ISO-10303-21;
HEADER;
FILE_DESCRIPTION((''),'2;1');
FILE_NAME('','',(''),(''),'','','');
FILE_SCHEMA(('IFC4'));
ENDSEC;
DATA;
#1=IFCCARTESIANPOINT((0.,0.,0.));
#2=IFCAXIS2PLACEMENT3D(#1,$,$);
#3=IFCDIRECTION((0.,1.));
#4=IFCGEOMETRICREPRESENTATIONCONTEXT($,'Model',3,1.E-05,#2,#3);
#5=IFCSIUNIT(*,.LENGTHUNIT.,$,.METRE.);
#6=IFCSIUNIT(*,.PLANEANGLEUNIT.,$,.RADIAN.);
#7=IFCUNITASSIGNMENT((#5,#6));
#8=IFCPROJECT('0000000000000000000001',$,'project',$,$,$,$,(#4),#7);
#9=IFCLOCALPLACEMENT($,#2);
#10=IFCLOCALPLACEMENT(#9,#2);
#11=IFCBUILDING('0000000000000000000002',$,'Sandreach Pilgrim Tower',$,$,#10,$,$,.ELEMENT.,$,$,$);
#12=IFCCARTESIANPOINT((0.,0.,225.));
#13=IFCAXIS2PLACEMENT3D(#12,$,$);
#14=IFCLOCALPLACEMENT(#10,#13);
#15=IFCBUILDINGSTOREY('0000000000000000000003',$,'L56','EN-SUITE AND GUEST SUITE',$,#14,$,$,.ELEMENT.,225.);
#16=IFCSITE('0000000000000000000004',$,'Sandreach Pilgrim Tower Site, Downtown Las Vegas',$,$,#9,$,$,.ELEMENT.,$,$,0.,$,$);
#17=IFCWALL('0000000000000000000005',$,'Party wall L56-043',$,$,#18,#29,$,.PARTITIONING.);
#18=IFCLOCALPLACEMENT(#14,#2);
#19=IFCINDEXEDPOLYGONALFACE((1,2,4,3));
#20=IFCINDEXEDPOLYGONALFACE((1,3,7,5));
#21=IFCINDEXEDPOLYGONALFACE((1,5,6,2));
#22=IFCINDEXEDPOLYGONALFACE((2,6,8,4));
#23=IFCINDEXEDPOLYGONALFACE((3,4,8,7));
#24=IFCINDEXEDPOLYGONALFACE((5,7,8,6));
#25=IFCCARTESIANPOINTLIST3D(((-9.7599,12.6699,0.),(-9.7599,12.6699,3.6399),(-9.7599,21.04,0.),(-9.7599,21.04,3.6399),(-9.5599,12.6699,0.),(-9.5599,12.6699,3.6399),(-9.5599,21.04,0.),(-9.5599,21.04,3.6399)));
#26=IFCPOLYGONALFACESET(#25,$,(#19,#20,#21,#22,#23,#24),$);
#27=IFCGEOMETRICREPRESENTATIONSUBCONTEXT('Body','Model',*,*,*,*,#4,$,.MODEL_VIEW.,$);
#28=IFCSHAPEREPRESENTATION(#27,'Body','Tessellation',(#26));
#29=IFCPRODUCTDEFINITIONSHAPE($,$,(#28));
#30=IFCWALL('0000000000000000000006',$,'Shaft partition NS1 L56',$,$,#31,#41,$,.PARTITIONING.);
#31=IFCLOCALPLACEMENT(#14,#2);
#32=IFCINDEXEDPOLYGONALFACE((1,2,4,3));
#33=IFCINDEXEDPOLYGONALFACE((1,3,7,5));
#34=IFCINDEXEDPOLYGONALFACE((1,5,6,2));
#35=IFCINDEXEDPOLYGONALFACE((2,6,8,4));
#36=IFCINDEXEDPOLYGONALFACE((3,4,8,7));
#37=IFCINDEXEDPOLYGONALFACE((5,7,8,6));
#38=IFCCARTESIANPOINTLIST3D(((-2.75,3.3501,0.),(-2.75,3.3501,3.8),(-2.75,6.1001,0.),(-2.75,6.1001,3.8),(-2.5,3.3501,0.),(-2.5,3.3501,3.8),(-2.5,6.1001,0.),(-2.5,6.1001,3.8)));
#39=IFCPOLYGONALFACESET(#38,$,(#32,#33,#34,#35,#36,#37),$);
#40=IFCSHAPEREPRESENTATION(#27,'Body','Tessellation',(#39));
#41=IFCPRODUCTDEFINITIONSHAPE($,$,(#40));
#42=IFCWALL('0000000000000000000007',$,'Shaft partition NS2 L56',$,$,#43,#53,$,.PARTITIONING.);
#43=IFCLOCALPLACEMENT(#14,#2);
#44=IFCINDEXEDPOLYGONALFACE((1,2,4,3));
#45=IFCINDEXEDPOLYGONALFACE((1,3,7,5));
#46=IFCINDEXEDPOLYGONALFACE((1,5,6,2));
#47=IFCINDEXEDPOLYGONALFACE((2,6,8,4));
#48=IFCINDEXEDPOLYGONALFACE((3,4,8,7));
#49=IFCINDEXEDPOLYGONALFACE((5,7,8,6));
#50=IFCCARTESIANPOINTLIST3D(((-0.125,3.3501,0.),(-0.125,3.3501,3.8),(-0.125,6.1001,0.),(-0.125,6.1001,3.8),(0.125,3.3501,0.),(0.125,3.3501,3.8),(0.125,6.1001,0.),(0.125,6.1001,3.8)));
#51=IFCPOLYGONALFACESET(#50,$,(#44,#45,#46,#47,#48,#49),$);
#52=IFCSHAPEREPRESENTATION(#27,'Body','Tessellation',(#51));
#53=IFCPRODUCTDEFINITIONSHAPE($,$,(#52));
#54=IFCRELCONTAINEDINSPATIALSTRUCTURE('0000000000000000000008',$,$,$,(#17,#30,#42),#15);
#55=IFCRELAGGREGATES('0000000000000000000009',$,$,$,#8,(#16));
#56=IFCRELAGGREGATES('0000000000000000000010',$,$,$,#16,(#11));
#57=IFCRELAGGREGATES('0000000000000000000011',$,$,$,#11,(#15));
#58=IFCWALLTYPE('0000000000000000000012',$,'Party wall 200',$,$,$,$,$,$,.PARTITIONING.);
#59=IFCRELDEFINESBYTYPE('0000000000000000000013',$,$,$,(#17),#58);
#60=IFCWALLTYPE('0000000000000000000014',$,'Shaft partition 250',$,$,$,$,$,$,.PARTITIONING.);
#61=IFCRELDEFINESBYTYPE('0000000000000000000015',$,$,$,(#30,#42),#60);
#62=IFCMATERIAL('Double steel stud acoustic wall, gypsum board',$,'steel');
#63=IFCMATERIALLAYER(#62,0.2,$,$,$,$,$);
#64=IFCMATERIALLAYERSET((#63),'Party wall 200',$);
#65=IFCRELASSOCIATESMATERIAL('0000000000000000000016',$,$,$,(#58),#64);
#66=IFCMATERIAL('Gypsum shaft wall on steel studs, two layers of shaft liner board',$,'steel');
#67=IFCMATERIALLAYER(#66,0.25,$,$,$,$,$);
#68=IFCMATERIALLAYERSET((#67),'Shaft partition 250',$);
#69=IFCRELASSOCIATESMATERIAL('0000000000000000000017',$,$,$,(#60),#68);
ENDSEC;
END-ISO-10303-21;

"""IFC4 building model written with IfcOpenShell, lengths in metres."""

from ifc_helpers import new_model, si_unit, direction, frame, frame_2d, origin, place, context, subcontext, project, spatial, rectangle, extrude, material, layer, layer_set, type_object, element, save


model = new_model("IFC4")

# Units and contexts
model_context = context("Model", 3, precision=1e-05, world=origin(), true_north=direction((0.0, 1.0)))
body_context = subcontext(model_context, "Body", "Model", "MODEL_VIEW")
ifc_project = project(units=[si_unit("LENGTHUNIT", "METRE"), si_unit("PLANEANGLEUNIT", "RADIAN")], contexts=[model_context])

# Site, building, storey
site_placement = place(None, origin())
site = spatial("IfcSite", under=ifc_project, at=site_placement, Name="Sandreach Pilgrim Tower Site, Downtown Las Vegas", CompositionType="ELEMENT", RefElevation=0.0)
building_placement = place(site_placement, origin())
building = spatial("IfcBuilding", under=site, at=building_placement, Name="Sandreach Pilgrim Tower", CompositionType="ELEMENT")
storey_placement = place(building_placement, frame((0.0, 0.0, 225.0)))
storey = spatial("IfcBuildingStorey", under=building, at=storey_placement, Name="L56", Description="EN-SUITE AND GUEST SUITE", CompositionType="ELEMENT", Elevation=225.0)

# Walls
ifc_material_1 = material(Name="Double steel stud acoustic wall, gypsum board", Category="steel")
ifc_layer_1 = layer(ifc_material_1, 0.2)
ifc_layer_set_1 = layer_set([ifc_layer_1], Name="Party wall 200")
wall_type_1 = type_object("IfcWallType", Name="Party wall 200", PredefinedType="PARTITIONING", material=ifc_layer_set_1)
wall_1_placement = place(storey_placement, frame((-9.6599, 12.6699, 0.0), z_axis=(0.0, 0.0, 1.0), x_axis=(0.0, 1.0, 0.0)))
element("IfcWall", 1, at=wall_1_placement, inside=storey, type_object=wall_type_1, Name="Party wall L56-043", PredefinedType="PARTITIONING", context=body_context, shape_type="SweptSolid", body=[
    extrude(rectangle(XDim=8.3701, YDim=0.2, at=frame_2d((4.1851, 0.0))), origin(), (0.0, 0.0, 1.0), 3.6399),
])
ifc_material_2 = material(Name="Gypsum shaft wall on steel studs, two layers of shaft liner board", Category="steel")
ifc_layer_2 = layer(ifc_material_2, 0.25)
ifc_layer_set_2 = layer_set([ifc_layer_2], Name="Shaft partition 250")
wall_type_2 = type_object("IfcWallType", Name="Shaft partition 250", PredefinedType="PARTITIONING", material=ifc_layer_set_2)
for number, where, z_axis, x_axis, name in (
    (2, (-2.625, 3.3501, 0.0), (0.0, 0.0, 1.0), (0.0, 1.0, 0.0), "Shaft partition NS1 L56"),
    (3, (0.0, 3.3501, 0.0), (0.0, 0.0, 1.0), (0.0, 1.0, 0.0), "Shaft partition NS2 L56"),
):
    element("IfcWall", number, at=place(storey_placement, frame(where, z_axis=z_axis, x_axis=x_axis)), inside=storey, type_object=wall_type_2, Name=name, PredefinedType="PARTITIONING", context=body_context, shape_type="SweptSolid", body=[
        extrude(rectangle(XDim=2.75, YDim=0.25, at=frame_2d((1.375, 0.0))), origin(), (0.0, 0.0, 1.0), 3.8),
    ])

save(model, "model.ifc")
